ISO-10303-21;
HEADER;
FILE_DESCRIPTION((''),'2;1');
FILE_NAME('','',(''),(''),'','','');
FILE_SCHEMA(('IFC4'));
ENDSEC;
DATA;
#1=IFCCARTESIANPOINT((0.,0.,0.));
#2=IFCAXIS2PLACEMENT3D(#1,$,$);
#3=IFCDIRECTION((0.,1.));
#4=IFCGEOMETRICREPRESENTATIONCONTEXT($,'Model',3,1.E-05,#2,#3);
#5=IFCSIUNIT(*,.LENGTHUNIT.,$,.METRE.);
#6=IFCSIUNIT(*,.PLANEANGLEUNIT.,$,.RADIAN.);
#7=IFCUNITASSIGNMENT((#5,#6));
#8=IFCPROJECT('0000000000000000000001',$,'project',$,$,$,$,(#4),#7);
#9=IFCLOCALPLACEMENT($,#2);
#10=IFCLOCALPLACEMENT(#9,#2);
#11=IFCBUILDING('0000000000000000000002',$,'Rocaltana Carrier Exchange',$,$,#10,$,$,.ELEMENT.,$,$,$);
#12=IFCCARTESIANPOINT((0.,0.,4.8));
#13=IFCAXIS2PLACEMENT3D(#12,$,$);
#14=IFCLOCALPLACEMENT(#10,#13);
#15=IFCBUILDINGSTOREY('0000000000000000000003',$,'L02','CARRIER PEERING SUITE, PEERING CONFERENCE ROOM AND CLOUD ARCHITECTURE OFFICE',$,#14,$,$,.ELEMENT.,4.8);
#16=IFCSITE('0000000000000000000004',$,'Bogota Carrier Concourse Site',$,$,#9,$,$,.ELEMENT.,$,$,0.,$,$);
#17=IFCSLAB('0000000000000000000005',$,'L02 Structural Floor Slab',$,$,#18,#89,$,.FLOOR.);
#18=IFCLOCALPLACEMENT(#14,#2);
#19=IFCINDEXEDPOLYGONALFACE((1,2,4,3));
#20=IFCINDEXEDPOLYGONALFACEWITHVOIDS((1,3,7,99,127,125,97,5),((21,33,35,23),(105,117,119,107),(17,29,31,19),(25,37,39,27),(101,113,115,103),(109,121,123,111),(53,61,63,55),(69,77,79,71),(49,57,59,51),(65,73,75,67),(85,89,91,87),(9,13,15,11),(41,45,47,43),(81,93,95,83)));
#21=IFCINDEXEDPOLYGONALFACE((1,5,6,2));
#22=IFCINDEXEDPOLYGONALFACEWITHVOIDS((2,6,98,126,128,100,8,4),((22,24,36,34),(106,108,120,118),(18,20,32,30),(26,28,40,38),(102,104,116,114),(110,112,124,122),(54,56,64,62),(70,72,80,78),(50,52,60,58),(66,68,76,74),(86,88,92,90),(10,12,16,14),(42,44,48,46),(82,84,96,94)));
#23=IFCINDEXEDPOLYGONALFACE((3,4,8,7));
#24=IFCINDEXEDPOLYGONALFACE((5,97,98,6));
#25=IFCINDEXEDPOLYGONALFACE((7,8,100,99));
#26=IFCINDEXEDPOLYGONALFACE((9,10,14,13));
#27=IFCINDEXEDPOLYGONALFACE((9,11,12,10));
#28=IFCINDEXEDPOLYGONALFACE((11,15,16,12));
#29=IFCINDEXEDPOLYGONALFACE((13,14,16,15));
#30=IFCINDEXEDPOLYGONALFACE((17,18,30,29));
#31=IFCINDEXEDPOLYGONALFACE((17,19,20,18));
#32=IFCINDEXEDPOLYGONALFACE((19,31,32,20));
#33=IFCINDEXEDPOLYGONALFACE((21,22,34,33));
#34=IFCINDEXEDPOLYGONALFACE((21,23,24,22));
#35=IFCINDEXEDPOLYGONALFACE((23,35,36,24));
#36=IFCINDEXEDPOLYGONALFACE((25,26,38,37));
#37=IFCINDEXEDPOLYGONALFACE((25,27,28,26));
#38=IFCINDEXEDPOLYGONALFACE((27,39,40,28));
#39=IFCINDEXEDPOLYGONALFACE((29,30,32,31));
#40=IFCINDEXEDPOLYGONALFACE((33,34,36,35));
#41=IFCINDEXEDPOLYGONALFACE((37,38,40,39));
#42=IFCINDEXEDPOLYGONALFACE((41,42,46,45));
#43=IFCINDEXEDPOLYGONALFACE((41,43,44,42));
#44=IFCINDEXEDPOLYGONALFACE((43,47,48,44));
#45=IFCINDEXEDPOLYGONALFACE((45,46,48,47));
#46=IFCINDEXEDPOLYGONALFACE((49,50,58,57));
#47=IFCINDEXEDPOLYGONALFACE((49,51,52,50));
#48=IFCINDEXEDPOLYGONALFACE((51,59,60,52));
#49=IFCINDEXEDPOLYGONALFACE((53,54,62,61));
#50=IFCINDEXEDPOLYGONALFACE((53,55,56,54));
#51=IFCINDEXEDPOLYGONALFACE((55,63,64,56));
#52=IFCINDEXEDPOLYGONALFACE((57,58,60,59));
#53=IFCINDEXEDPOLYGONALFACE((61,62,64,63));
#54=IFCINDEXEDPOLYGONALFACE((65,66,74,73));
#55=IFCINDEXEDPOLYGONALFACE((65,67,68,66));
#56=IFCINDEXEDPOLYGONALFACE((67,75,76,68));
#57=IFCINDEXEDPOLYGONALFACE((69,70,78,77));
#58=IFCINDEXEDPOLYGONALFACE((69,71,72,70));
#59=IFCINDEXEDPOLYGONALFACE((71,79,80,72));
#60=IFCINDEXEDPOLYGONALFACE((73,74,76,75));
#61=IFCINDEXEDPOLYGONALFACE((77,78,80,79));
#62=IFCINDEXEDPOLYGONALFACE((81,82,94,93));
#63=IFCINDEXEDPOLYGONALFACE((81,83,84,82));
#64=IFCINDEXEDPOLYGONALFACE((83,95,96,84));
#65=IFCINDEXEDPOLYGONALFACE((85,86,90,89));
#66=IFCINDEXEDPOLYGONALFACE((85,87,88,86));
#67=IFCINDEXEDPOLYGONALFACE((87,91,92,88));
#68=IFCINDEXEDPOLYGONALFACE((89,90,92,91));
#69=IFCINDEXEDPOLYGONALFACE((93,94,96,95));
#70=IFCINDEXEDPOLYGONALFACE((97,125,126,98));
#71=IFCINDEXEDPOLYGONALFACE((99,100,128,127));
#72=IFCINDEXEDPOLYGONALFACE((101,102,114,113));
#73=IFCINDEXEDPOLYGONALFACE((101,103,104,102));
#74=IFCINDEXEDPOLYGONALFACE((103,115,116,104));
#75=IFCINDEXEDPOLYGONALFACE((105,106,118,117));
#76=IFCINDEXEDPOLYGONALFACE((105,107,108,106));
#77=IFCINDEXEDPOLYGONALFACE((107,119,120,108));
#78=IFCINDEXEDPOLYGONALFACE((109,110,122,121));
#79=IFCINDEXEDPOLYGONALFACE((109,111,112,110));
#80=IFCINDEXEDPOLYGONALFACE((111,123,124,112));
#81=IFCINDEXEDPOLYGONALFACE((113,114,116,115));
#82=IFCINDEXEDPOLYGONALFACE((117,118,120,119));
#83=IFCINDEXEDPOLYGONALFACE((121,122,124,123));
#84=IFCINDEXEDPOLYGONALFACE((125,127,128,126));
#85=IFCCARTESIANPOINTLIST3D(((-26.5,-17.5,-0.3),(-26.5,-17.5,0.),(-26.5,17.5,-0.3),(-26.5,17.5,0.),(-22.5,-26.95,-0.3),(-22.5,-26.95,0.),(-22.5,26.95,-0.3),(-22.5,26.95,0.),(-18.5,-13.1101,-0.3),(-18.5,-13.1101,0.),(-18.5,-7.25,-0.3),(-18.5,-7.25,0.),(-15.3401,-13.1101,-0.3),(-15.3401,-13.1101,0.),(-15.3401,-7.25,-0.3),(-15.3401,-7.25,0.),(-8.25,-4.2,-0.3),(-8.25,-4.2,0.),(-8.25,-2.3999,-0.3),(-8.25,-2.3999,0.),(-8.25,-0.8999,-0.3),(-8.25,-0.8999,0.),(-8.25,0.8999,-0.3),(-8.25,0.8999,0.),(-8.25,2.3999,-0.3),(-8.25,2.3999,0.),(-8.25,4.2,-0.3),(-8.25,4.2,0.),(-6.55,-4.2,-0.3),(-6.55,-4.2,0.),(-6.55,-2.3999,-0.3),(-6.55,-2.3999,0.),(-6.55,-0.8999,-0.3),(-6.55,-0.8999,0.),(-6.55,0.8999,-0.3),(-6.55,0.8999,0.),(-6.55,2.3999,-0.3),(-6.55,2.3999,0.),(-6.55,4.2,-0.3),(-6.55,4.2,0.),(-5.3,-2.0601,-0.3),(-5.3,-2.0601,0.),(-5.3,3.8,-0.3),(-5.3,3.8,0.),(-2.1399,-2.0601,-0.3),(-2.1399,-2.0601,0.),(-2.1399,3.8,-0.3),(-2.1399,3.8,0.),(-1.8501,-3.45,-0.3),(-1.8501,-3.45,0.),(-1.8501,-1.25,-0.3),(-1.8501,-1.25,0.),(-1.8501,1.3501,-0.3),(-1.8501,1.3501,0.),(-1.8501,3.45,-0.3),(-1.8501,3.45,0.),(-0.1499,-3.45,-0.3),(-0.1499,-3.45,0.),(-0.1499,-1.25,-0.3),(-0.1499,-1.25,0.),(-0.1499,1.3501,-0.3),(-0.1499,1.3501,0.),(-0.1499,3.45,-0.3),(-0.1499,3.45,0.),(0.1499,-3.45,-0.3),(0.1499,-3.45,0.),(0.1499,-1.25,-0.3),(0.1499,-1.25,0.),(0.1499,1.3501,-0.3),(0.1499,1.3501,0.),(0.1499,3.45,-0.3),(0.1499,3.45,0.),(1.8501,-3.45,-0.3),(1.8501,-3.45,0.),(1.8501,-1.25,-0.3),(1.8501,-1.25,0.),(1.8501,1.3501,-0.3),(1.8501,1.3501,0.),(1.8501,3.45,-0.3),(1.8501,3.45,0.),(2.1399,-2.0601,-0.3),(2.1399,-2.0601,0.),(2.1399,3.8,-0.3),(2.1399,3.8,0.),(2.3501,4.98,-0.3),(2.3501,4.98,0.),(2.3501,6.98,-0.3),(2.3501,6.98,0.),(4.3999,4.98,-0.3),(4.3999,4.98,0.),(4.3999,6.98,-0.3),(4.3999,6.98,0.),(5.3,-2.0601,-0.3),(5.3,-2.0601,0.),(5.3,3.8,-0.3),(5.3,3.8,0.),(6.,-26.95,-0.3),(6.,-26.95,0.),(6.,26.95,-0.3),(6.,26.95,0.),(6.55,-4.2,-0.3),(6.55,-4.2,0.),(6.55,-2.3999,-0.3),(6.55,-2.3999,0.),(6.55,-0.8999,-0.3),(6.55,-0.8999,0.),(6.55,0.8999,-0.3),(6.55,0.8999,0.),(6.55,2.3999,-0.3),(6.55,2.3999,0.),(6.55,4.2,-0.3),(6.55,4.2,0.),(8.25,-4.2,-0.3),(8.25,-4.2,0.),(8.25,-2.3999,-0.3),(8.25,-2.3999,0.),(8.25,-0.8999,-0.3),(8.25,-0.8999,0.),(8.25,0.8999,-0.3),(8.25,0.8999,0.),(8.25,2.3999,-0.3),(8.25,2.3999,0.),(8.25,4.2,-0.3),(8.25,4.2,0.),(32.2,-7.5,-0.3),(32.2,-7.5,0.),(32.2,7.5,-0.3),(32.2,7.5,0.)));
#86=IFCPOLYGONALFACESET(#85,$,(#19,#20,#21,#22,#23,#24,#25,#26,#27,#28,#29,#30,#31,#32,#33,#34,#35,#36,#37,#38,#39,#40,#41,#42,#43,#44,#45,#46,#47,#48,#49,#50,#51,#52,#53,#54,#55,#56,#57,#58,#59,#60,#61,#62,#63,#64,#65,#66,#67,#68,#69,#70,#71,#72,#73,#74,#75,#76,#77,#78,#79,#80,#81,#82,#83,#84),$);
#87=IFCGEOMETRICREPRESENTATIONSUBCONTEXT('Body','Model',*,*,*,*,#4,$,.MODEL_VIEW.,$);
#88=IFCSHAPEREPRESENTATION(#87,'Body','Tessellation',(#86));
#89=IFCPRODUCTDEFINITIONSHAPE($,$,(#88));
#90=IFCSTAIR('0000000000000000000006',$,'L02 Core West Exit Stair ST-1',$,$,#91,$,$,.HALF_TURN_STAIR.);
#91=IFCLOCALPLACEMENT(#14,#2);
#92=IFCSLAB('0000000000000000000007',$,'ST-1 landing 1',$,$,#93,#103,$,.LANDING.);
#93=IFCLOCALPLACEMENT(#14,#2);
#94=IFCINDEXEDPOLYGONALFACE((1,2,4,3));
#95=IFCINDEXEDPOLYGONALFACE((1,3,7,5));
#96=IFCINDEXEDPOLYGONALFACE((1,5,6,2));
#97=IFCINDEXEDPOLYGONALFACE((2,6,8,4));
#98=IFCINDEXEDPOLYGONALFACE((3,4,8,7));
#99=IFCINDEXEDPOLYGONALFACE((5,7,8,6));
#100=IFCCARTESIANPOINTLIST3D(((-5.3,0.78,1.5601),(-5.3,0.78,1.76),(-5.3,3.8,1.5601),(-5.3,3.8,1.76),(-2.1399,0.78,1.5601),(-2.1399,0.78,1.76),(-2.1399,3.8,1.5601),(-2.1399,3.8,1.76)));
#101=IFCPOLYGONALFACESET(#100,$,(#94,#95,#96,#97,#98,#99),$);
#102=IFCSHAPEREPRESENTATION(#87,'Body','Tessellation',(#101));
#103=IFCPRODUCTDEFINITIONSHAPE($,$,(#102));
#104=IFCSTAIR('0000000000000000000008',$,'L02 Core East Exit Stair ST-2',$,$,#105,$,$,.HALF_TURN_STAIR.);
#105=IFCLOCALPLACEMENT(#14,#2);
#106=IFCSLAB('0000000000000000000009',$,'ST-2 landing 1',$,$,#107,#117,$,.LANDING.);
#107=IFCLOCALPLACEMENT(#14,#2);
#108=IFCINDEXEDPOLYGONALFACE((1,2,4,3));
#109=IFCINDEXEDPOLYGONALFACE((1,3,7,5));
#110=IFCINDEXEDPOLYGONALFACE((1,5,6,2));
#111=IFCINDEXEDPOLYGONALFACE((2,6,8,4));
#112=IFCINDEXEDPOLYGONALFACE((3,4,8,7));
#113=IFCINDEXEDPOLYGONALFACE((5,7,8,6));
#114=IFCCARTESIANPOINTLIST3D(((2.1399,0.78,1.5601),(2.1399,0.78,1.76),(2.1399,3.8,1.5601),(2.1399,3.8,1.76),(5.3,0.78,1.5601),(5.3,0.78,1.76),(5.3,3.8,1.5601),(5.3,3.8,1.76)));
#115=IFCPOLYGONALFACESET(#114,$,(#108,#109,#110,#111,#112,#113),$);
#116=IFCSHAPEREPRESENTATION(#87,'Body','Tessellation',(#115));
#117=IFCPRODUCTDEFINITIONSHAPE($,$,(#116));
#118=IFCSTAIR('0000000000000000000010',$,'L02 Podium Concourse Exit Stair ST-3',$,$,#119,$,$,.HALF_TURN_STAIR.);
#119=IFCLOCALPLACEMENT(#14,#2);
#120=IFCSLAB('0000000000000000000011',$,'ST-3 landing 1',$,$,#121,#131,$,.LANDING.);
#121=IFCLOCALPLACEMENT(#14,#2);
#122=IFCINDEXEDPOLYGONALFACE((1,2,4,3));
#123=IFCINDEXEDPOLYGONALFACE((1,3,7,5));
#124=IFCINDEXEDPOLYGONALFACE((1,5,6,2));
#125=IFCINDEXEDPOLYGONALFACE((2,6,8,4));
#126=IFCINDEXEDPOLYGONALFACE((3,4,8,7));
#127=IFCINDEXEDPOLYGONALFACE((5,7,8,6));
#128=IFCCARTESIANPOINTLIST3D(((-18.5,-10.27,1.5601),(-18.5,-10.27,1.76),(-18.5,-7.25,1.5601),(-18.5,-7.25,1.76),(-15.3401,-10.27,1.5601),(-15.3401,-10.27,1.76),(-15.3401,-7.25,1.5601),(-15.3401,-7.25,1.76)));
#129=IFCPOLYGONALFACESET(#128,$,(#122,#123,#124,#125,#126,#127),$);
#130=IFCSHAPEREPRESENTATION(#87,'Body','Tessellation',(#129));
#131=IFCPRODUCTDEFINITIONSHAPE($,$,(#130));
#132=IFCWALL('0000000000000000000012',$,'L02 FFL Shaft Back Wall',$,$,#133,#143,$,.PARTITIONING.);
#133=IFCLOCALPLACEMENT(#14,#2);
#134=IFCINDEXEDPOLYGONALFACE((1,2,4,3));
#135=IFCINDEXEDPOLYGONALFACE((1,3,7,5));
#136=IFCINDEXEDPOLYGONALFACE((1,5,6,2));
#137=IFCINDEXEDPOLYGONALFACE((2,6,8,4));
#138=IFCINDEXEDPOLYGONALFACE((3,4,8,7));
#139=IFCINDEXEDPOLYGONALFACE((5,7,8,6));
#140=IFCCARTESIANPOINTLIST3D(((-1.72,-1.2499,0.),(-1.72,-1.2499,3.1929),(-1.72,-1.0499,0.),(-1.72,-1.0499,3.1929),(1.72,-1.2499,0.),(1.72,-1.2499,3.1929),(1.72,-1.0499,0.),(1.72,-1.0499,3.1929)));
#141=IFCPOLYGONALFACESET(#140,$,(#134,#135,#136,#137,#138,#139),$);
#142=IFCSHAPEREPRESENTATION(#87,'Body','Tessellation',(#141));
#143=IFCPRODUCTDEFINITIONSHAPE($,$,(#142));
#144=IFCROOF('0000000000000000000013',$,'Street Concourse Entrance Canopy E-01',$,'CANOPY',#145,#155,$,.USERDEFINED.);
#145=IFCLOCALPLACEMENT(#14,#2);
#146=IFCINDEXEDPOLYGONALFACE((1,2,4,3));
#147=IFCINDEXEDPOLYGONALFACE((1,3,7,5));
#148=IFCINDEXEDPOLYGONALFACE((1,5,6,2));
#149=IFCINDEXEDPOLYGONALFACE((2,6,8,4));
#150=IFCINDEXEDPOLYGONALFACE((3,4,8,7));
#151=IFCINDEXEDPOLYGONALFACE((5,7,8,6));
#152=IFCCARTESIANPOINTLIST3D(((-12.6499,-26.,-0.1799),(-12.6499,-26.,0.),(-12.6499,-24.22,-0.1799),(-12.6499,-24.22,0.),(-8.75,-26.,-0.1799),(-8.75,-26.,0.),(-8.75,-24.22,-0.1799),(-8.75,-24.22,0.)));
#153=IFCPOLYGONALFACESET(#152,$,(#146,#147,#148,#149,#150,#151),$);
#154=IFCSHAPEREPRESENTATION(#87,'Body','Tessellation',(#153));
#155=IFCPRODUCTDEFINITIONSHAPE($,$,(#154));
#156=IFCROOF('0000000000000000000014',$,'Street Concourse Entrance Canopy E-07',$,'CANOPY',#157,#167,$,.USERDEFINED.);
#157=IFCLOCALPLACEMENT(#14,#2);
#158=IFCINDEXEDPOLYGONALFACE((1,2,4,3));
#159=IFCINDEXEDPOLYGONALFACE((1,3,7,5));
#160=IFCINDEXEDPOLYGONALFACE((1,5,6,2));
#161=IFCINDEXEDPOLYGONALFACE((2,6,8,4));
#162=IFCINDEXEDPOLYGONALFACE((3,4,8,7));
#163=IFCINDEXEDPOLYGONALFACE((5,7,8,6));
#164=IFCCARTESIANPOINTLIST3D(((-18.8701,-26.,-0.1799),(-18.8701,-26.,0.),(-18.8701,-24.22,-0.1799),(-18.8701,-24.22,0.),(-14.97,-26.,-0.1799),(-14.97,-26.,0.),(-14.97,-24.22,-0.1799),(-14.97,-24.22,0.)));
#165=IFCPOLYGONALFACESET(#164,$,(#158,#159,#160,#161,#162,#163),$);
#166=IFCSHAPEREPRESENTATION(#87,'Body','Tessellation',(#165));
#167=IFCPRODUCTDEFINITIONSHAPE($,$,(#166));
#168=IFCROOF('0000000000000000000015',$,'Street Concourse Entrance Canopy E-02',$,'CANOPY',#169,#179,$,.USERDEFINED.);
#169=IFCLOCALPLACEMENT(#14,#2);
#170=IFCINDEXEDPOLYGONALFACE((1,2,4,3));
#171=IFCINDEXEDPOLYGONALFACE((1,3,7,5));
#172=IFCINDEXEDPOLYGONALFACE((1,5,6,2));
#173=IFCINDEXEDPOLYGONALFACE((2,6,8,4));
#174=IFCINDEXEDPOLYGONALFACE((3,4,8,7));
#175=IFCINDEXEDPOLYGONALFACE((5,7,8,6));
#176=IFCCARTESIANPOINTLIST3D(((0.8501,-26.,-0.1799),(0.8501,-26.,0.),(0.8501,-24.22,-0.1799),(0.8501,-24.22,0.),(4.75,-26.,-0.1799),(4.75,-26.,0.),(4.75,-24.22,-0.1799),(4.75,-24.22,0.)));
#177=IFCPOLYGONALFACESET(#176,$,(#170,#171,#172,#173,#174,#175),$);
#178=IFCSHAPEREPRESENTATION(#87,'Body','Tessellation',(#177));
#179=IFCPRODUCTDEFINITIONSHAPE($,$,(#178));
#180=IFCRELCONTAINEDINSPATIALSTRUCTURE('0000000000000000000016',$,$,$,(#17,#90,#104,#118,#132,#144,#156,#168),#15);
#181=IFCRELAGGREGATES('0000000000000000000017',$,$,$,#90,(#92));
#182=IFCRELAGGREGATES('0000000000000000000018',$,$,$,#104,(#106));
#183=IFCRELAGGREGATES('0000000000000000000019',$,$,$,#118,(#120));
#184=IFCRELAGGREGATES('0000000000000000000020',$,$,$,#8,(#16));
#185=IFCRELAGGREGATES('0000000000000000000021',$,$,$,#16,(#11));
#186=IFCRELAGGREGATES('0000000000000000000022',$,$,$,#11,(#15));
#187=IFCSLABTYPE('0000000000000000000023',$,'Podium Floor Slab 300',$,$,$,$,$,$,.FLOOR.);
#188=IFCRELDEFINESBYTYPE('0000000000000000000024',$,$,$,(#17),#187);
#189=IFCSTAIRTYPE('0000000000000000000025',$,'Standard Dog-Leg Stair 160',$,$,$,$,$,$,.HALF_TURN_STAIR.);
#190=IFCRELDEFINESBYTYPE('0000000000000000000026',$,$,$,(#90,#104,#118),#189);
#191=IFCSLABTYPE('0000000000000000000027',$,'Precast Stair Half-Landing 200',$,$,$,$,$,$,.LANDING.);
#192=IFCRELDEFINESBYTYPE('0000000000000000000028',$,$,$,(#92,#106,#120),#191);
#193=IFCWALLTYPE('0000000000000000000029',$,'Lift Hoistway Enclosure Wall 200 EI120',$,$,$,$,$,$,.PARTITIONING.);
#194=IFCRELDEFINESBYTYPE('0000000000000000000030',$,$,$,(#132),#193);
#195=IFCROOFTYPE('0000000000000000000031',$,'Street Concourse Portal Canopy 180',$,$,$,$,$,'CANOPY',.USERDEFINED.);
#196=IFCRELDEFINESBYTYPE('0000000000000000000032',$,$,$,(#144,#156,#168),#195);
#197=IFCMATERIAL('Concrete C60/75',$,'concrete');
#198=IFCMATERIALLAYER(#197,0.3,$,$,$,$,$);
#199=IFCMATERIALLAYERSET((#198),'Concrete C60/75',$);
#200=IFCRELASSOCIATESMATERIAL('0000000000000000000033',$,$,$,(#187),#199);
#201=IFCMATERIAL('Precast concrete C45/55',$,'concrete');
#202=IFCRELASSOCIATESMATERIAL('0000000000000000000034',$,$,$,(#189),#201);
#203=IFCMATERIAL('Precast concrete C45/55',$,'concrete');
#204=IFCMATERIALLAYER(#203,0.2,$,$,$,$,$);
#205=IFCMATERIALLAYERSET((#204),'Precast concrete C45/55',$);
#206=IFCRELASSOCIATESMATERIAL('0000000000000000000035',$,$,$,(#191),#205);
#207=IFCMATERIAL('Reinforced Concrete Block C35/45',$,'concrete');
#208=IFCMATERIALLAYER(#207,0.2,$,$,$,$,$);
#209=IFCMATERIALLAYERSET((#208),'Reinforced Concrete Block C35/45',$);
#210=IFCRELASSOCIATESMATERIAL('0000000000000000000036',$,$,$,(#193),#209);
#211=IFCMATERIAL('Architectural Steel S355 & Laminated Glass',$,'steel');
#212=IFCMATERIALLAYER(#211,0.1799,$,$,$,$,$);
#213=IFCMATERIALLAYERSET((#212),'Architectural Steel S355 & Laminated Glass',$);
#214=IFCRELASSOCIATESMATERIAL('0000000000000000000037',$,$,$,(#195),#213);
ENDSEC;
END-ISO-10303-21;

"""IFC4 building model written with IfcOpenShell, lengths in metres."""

from ifc_helpers import new_model, si_unit, direction, frame, frame_2d, origin, place, context, subcontext, project, spatial, polyline, rectangle, outline, extrude, material, layer, layer_set, type_object, element, aggregate, save


model = new_model("IFC4")

# Units and contexts
model_context = context("Model", 3, precision=1e-05, world=origin(), true_north=direction((0.0, 1.0)))
body_context = subcontext(model_context, "Body", "Model", "MODEL_VIEW")
ifc_project = project(units=[si_unit("LENGTHUNIT", "METRE"), si_unit("PLANEANGLEUNIT", "RADIAN")], contexts=[model_context])

# Site, building, storey
site_placement = place(None, origin())
site = spatial("IfcSite", under=ifc_project, at=site_placement, Name="Bogota Carrier Concourse Site", CompositionType="ELEMENT", RefElevation=0.0)
building_placement = place(site_placement, origin())
building = spatial("IfcBuilding", under=site, at=building_placement, Name="Rocaltana Carrier Exchange", CompositionType="ELEMENT")
storey_placement = place(building_placement, frame((0.0, 0.0, 4.8)))
storey = spatial("IfcBuildingStorey", under=building, at=storey_placement, Name="L02", Description="CARRIER PEERING SUITE, PEERING CONFERENCE ROOM AND CLOUD ARCHITECTURE OFFICE", CompositionType="ELEMENT", Elevation=4.8)

# Slab
ifc_material_1 = material(Name="Concrete C60/75", Category="concrete")
ifc_layer_1 = layer(ifc_material_1, 0.3)
ifc_layer_set_1 = layer_set([ifc_layer_1], Name="Concrete C60/75")
slab_type_1 = type_object("IfcSlabType", Name="Podium Floor Slab 300", PredefinedType="FLOOR", material=ifc_layer_set_1)
slab_1_placement = place(storey_placement, frame((0.0, 0.0, -0.3)))
element("IfcSlab", 1, at=slab_1_placement, inside=storey, type_object=slab_type_1, Name="L02 Structural Floor Slab", PredefinedType="FLOOR", context=body_context, shape_type="SweptSolid", body=[
    extrude(outline(polyline([(-22.5, -26.95), (6.0, -26.95), (32.2, -7.5), (32.2, 7.5), (6.0, 26.95), (-22.5, 26.95), (-26.5, 17.5), (-26.5, -17.5), (-22.5, -26.95)]), holes=[polyline([(-5.3, -2.0601), (-2.1399, -2.0601), (-2.1399, 3.8), (-5.3, 3.8), (-5.3, -2.0601)]), polyline([(2.1399, -2.0601), (5.3, -2.0601), (5.3, 3.8), (2.1399, 3.8), (2.1399, -2.0601)]), polyline([(-18.5, -13.1101), (-15.3401, -13.1101), (-15.3401, -7.25), (-18.5, -7.25), (-18.5, -13.1101)]), polyline([(-1.8501, -3.45), (-0.1499, -3.45), (-0.1499, -1.25), (-1.8501, -1.25), (-1.8501, -3.45)]), polyline([(0.1499, -3.45), (1.8501, -3.45), (1.8501, -1.25), (0.1499, -1.25), (0.1499, -3.45)]), polyline([(2.3501, 4.98), (4.3999, 4.98), (4.3999, 6.98), (2.3501, 6.98), (2.3501, 4.98)]), polyline([(-1.8501, 1.3501), (-0.1499, 1.3501), (-0.1499, 3.45), (-1.8501, 3.45), (-1.8501, 1.3501)]), polyline([(0.1499, 1.3501), (1.8501, 1.3501), (1.8501, 3.45), (0.1499, 3.45), (0.1499, 1.3501)]), polyline([(-8.25, -4.2), (-6.55, -4.2), (-6.55, -2.3999), (-8.25, -2.3999), (-8.25, -4.2)]), polyline([(-8.25, -0.8999), (-6.55, -0.8999), (-6.55, 0.8999), (-8.25, 0.8999), (-8.25, -0.8999)]), polyline([(-8.25, 2.3999), (-6.55, 2.3999), (-6.55, 4.2), (-8.25, 4.2), (-8.25, 2.3999)]), polyline([(6.55, -4.2), (8.25, -4.2), (8.25, -2.3999), (6.55, -2.3999), (6.55, -4.2)]), polyline([(6.55, -0.8999), (8.25, -0.8999), (8.25, 0.8999), (6.55, 0.8999), (6.55, -0.8999)]), polyline([(6.55, 2.3999), (8.25, 2.3999), (8.25, 4.2), (6.55, 4.2), (6.55, 2.3999)])]), origin(), (0.0, 0.0, 1.0), 0.3),
])

# Stairs, slabs
ifc_material_2 = material(Name="Precast concrete C45/55", Category="concrete")
stair_type = type_object("IfcStairType", Name="Standard Dog-Leg Stair 160", PredefinedType="HALF_TURN_STAIR", material=ifc_material_2)
stair_1_placement = place(storey_placement, origin())
stair_1 = element("IfcStair", 2, at=stair_1_placement, inside=storey, type_object=stair_type, Name="L02 Core West Exit Stair ST-1", PredefinedType="HALF_TURN_STAIR")
ifc_material_3 = material(Name="Precast concrete C45/55", Category="concrete")
ifc_layer_2 = layer(ifc_material_3, 0.2)
ifc_layer_set_2 = layer_set([ifc_layer_2], Name="Precast concrete C45/55")
slab_type_2 = type_object("IfcSlabType", Name="Precast Stair Half-Landing 200", PredefinedType="LANDING", material=ifc_layer_set_2)
slab_2_placement = place(storey_placement, frame((0.0, 0.0, 1.5601)))
slab_2 = element("IfcSlab", 3, at=slab_2_placement, type_object=slab_type_2, Name="ST-1 landing 1", PredefinedType="LANDING", context=body_context, shape_type="SweptSolid", body=[
    extrude(outline(polyline([(-2.1399, 0.78), (-2.1399, 3.8), (-5.3, 3.8), (-5.3, 0.78), (-2.1399, 0.78)])), origin(), (0.0, 0.0, 1.0), 0.2),
])
aggregate(stair_1, [slab_2])
stair_2_placement = place(storey_placement, origin())
stair_2 = element("IfcStair", 4, at=stair_2_placement, inside=storey, type_object=stair_type, Name="L02 Core East Exit Stair ST-2", PredefinedType="HALF_TURN_STAIR")
slab_3_placement = place(storey_placement, frame((0.0, 0.0, 1.5601)))
slab_3 = element("IfcSlab", 5, at=slab_3_placement, type_object=slab_type_2, Name="ST-2 landing 1", PredefinedType="LANDING", context=body_context, shape_type="SweptSolid", body=[
    extrude(outline(polyline([(5.3, 0.78), (5.3, 3.8), (2.1399, 3.8), (2.1399, 0.78), (5.3, 0.78)])), origin(), (0.0, 0.0, 1.0), 0.2),
])
aggregate(stair_2, [slab_3])
stair_3_placement = place(storey_placement, origin())
stair_3 = element("IfcStair", 6, at=stair_3_placement, inside=storey, type_object=stair_type, Name="L02 Podium Concourse Exit Stair ST-3", PredefinedType="HALF_TURN_STAIR")
slab_4_placement = place(storey_placement, frame((0.0, 0.0, 1.5601)))
slab_4 = element("IfcSlab", 7, at=slab_4_placement, type_object=slab_type_2, Name="ST-3 landing 1", PredefinedType="LANDING", context=body_context, shape_type="SweptSolid", body=[
    extrude(outline(polyline([(-15.3401, -10.27), (-15.3401, -7.25), (-18.5, -7.25), (-18.5, -10.27), (-15.3401, -10.27)])), origin(), (0.0, 0.0, 1.0), 0.2),
])
aggregate(stair_3, [slab_4])

# Wall
ifc_material_4 = material(Name="Reinforced Concrete Block C35/45", Category="concrete")
ifc_layer_3 = layer(ifc_material_4, 0.2)
ifc_layer_set_3 = layer_set([ifc_layer_3], Name="Reinforced Concrete Block C35/45")
wall_type = type_object("IfcWallType", Name="Lift Hoistway Enclosure Wall 200 EI120", PredefinedType="PARTITIONING", material=ifc_layer_set_3)
wall_placement = place(storey_placement, frame((-1.72, -1.1499, 0.0), z_axis=(0.0, 0.0, 1.0), x_axis=(1.0, 0.0, 0.0)))
element("IfcWall", 8, at=wall_placement, inside=storey, type_object=wall_type, Name="L02 FFL Shaft Back Wall", PredefinedType="PARTITIONING", context=body_context, shape_type="SweptSolid", body=[
    extrude(rectangle(XDim=3.4399, YDim=0.2, at=frame_2d((1.72, 0.0))), origin(), (0.0, 0.0, 1.0), 3.1929),
])

# Roofs
ifc_material_5 = material(Name="Architectural Steel S355 & Laminated Glass", Category="steel")
ifc_layer_4 = layer(ifc_material_5, 0.1799)
ifc_layer_set_4 = layer_set([ifc_layer_4], Name="Architectural Steel S355 & Laminated Glass")
roof_type = type_object("IfcRoofType", Name="Street Concourse Portal Canopy 180", ElementType="CANOPY", PredefinedType="USERDEFINED", material=ifc_layer_set_4)
roof_1_placement = place(storey_placement, frame((0.0, 0.0, -0.1799)))
element("IfcRoof", 9, at=roof_1_placement, inside=storey, type_object=roof_type, Name="Street Concourse Entrance Canopy E-01", ObjectType="CANOPY", PredefinedType="USERDEFINED", context=body_context, shape_type="SweptSolid", body=[
    extrude(outline(polyline([(-8.75, -24.22), (-12.6499, -24.22), (-12.6499, -26.0), (-8.75, -26.0), (-8.75, -24.22)])), origin(), (0.0, 0.0, 1.0), 0.1799),
])
roof_2_placement = place(storey_placement, frame((0.0, 0.0, -0.1799)))
element("IfcRoof", 10, at=roof_2_placement, inside=storey, type_object=roof_type, Name="Street Concourse Entrance Canopy E-07", ObjectType="CANOPY", PredefinedType="USERDEFINED", context=body_context, shape_type="SweptSolid", body=[
    extrude(outline(polyline([(-14.97, -24.22), (-18.8701, -24.22), (-18.8701, -26.0), (-14.97, -26.0), (-14.97, -24.22)])), origin(), (0.0, 0.0, 1.0), 0.1799),
])
roof_3_placement = place(storey_placement, frame((0.0, 0.0, -0.1799)))
element("IfcRoof", 11, at=roof_3_placement, inside=storey, type_object=roof_type, Name="Street Concourse Entrance Canopy E-02", ObjectType="CANOPY", PredefinedType="USERDEFINED", context=body_context, shape_type="SweptSolid", body=[
    extrude(outline(polyline([(4.75, -24.22), (0.8501, -24.22), (0.8501, -26.0), (4.75, -26.0), (4.75, -24.22)])), origin(), (0.0, 0.0, 1.0), 0.1799),
])

save(model, "model.ifc")
